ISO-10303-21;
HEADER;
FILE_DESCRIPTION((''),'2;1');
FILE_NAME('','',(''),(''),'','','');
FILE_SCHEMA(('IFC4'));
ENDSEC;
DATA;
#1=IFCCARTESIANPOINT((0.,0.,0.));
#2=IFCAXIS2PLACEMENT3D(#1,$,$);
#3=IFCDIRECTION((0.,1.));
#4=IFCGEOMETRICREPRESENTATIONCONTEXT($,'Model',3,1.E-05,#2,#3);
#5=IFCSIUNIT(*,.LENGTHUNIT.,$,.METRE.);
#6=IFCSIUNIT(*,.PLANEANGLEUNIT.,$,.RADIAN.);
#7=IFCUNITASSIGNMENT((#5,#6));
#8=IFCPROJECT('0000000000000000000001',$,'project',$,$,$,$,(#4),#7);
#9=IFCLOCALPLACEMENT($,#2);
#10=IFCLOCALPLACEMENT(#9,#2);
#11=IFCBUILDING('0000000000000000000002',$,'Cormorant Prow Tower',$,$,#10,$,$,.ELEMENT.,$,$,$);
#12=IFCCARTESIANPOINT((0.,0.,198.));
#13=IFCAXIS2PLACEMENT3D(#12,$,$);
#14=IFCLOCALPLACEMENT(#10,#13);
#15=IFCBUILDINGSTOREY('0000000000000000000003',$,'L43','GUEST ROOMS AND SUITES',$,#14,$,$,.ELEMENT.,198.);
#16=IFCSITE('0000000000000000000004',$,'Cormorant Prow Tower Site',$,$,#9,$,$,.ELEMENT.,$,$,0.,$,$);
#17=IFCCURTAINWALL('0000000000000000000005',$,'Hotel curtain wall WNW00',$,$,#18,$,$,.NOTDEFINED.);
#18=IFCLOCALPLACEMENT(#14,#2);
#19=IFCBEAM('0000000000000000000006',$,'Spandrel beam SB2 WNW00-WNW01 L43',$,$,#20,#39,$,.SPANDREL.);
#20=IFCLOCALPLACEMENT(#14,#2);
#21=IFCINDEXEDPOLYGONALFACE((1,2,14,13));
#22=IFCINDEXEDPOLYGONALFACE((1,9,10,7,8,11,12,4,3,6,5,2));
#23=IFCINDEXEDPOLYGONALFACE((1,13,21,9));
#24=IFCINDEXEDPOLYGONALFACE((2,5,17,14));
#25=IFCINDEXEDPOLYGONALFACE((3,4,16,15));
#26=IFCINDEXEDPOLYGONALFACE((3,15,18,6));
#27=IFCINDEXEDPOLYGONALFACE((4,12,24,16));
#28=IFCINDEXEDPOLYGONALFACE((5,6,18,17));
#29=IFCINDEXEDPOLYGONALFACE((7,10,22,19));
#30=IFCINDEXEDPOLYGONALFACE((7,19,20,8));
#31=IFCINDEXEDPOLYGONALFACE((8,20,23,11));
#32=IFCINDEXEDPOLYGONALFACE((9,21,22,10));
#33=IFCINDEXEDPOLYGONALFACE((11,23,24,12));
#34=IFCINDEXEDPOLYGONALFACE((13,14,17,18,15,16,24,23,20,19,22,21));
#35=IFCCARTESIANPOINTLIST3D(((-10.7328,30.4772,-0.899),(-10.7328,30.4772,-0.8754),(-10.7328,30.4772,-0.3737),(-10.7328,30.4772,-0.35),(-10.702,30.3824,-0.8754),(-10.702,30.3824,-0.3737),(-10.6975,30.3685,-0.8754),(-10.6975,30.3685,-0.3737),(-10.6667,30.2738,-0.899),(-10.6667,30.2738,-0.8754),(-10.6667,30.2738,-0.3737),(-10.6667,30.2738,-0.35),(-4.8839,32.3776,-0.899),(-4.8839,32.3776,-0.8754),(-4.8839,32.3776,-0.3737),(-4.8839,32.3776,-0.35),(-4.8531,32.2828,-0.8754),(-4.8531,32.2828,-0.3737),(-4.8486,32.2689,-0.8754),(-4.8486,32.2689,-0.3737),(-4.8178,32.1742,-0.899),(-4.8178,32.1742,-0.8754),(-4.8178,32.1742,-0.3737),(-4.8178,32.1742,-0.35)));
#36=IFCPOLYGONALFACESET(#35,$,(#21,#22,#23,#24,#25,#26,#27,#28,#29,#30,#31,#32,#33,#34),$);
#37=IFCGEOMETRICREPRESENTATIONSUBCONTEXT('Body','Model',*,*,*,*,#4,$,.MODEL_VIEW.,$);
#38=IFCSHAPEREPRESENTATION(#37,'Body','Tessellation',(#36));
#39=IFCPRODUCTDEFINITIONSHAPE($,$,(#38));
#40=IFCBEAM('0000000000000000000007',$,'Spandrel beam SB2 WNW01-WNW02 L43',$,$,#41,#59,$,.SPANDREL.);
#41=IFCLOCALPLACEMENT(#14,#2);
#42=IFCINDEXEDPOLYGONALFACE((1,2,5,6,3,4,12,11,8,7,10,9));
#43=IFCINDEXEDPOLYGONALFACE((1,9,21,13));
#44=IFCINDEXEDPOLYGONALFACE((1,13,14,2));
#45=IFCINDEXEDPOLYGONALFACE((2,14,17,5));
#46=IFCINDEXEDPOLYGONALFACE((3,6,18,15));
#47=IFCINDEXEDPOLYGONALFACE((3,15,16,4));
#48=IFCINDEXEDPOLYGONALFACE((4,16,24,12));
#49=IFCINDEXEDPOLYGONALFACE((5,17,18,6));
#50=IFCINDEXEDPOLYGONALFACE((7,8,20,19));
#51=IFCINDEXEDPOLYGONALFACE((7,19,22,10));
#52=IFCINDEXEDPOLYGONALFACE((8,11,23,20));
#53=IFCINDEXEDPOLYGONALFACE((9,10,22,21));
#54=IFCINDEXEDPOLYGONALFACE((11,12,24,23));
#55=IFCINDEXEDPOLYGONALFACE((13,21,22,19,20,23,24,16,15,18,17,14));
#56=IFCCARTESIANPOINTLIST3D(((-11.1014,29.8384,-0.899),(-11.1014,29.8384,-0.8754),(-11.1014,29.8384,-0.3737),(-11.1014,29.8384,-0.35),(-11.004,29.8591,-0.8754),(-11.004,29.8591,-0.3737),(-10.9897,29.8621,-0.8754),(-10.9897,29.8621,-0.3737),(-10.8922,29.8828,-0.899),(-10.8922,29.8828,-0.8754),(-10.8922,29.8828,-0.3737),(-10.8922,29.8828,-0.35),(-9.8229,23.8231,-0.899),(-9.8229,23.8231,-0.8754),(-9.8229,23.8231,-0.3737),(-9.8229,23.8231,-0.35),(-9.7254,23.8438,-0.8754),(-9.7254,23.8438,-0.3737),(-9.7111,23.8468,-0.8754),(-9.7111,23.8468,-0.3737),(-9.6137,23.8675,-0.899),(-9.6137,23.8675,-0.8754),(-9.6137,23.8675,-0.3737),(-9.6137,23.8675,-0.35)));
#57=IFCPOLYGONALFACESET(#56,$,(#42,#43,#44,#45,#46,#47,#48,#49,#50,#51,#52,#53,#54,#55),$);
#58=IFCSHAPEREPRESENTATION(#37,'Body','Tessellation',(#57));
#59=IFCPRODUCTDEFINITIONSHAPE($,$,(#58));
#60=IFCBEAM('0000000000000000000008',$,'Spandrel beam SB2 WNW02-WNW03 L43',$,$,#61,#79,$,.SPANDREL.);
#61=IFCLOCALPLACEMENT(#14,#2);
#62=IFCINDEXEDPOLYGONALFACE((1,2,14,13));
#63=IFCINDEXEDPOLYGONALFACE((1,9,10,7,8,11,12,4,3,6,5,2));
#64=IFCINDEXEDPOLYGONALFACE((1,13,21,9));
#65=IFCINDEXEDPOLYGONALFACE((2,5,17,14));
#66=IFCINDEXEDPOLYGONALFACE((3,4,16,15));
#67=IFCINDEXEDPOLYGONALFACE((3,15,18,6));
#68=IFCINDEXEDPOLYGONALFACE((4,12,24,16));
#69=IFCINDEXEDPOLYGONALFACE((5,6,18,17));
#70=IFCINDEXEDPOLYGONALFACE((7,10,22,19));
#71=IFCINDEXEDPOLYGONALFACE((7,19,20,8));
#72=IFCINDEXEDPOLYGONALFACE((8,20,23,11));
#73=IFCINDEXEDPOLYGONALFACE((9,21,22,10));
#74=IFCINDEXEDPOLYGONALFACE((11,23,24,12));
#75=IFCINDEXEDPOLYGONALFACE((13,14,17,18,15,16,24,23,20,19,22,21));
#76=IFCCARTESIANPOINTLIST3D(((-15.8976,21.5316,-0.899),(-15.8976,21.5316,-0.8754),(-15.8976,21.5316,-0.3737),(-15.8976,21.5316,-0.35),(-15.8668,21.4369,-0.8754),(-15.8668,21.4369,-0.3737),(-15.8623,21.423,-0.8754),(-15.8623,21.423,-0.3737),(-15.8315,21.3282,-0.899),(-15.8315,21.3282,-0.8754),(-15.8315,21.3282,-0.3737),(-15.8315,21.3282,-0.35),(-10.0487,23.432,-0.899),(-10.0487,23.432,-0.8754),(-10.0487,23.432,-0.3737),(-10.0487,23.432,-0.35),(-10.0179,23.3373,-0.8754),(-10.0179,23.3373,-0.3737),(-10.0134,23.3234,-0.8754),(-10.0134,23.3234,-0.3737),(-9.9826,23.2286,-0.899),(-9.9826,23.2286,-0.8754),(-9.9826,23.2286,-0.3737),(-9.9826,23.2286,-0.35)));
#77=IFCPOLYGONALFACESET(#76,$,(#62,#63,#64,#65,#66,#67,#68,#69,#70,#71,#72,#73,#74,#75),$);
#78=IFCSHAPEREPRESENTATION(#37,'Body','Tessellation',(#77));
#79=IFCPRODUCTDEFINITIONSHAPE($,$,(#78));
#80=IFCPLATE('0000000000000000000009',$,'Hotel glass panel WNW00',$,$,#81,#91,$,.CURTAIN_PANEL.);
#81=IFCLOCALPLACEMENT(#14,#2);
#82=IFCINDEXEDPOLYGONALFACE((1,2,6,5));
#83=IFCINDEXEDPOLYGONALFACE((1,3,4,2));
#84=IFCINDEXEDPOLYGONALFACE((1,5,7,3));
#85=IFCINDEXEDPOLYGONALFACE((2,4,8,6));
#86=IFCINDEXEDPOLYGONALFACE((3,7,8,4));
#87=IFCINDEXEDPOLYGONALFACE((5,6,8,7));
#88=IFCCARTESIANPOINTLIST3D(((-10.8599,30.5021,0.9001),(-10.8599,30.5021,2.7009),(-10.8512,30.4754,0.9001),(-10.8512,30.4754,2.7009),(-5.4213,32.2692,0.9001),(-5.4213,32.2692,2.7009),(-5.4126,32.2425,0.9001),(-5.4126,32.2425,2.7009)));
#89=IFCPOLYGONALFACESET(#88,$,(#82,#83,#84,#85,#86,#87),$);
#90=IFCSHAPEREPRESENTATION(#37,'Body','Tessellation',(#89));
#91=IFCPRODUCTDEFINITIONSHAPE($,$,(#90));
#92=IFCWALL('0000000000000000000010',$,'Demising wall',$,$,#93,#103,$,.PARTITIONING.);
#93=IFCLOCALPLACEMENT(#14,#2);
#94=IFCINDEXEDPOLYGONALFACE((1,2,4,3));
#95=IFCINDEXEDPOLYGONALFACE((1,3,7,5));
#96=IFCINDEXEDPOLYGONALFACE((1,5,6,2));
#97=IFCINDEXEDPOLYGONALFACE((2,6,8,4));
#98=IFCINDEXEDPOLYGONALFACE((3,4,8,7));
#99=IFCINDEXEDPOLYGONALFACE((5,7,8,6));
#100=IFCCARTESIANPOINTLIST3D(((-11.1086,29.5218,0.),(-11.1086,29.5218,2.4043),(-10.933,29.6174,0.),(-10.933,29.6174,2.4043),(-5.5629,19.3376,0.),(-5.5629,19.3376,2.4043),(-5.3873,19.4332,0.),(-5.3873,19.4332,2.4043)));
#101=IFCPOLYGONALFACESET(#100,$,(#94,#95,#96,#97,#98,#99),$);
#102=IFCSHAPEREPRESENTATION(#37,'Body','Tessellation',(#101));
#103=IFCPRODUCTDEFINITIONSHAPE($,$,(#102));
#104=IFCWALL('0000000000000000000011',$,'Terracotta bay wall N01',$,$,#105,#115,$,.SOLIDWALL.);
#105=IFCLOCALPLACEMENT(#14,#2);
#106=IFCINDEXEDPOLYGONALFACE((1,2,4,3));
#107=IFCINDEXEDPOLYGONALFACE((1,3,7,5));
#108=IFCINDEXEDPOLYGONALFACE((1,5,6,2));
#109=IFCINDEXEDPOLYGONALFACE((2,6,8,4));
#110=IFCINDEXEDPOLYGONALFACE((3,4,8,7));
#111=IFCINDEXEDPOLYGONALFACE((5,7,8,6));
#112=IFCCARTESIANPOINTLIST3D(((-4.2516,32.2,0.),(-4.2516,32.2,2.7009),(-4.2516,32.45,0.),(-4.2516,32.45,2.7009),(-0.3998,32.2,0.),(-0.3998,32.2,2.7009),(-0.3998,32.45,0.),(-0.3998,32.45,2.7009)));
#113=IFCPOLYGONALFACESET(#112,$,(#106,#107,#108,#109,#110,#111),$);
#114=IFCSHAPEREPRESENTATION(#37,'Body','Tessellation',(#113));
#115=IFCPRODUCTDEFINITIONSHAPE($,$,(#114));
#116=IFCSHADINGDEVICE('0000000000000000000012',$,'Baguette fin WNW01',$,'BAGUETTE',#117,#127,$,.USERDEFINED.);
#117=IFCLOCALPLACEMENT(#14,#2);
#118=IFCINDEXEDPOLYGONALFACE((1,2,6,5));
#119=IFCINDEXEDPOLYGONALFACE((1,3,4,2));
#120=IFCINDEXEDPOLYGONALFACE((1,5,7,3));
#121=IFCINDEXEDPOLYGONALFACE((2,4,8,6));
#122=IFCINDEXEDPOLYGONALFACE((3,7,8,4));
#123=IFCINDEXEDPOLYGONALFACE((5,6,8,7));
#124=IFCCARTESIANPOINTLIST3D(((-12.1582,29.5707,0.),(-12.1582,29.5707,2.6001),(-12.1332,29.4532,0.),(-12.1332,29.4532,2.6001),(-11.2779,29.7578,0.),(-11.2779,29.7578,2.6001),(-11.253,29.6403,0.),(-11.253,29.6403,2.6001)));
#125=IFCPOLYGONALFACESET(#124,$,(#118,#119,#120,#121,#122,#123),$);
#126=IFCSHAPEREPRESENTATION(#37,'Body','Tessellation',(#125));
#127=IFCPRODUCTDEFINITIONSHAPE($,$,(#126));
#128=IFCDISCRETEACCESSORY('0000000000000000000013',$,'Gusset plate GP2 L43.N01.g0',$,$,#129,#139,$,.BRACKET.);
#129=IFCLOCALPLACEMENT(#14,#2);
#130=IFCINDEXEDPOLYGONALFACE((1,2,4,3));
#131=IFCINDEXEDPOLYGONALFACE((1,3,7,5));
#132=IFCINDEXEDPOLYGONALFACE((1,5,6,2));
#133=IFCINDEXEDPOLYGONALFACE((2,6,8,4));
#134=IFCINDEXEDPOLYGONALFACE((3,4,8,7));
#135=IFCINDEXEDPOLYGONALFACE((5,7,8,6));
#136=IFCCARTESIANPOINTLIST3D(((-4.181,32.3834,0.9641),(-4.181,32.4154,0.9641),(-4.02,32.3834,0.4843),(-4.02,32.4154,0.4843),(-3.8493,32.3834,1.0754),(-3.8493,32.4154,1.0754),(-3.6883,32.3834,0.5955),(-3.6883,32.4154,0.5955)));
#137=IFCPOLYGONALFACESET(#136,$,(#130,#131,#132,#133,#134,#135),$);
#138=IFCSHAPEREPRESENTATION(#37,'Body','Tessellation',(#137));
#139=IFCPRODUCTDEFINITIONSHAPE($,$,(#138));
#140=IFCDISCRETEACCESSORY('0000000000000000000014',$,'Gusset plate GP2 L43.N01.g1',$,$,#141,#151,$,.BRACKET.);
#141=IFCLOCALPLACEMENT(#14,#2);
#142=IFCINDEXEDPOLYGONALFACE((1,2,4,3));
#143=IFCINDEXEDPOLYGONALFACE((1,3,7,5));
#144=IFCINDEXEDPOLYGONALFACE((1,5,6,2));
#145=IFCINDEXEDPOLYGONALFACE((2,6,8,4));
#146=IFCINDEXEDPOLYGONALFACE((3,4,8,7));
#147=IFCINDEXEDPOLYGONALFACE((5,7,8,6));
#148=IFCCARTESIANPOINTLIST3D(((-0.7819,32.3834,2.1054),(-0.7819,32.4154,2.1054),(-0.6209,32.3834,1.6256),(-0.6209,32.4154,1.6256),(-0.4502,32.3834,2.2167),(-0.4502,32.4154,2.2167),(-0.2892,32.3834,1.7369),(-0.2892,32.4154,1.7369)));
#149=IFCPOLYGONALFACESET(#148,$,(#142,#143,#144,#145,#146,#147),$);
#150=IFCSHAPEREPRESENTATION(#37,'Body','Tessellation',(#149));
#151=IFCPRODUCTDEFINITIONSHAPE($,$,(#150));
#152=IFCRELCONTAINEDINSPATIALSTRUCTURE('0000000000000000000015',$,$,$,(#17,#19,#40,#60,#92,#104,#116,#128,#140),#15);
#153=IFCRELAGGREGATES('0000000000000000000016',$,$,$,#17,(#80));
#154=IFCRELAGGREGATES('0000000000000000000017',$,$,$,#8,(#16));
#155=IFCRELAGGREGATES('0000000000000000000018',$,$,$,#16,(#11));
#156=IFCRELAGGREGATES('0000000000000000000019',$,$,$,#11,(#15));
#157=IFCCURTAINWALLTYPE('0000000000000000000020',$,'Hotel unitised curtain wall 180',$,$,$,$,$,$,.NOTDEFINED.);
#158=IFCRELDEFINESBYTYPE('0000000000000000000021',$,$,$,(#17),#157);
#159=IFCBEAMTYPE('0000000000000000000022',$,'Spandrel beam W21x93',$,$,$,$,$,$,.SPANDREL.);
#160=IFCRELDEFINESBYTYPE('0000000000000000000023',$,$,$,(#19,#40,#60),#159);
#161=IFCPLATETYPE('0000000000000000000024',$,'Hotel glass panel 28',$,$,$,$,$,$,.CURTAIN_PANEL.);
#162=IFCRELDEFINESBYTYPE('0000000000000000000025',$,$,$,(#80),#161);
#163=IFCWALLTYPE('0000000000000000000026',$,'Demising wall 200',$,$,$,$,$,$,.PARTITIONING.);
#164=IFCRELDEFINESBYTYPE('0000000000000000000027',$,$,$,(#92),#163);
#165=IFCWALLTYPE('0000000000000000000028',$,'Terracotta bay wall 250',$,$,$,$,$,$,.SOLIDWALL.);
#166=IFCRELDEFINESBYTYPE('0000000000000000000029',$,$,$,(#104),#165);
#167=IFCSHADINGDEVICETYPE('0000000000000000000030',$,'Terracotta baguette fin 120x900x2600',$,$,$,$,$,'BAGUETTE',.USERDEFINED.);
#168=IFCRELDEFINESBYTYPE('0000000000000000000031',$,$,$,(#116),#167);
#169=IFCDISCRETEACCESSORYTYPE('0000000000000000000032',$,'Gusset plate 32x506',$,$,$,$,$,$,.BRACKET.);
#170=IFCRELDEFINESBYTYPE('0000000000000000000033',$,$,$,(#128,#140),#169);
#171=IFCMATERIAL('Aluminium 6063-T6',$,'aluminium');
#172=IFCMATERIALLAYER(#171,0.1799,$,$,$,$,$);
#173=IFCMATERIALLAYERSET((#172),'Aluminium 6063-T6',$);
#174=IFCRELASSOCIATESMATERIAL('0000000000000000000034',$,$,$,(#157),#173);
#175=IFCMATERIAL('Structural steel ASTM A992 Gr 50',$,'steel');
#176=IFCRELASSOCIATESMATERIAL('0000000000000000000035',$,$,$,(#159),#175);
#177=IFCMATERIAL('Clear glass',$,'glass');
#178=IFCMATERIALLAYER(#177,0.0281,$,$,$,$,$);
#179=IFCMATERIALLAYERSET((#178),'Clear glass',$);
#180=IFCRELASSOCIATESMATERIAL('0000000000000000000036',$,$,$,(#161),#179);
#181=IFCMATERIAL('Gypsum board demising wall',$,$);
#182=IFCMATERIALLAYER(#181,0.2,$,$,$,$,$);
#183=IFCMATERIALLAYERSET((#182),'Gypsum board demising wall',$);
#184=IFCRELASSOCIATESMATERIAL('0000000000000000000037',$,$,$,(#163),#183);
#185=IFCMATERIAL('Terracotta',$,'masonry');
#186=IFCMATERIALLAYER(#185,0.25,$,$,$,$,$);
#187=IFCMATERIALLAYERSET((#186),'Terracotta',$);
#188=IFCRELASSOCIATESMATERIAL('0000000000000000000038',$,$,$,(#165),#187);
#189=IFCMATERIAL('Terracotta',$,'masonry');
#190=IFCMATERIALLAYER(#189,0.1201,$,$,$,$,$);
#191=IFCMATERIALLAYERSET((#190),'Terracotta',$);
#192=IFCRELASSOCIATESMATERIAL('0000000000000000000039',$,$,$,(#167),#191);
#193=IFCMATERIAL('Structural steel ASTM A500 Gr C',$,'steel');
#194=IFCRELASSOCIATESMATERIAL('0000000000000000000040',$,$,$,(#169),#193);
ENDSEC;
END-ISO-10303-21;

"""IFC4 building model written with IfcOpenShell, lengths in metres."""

from ifc_helpers import new_model, si_unit, direction, frame, frame_2d, origin, origin_2d, place, context, subcontext, project, spatial, rectangle, i_section, extrude, material, layer, layer_set, material_profile, profile_set, type_object, element, aggregate, save


model = new_model("IFC4")

# Units and contexts
model_context = context("Model", 3, precision=1e-05, world=origin(), true_north=direction((0.0, 1.0)))
body_context = subcontext(model_context, "Body", "Model", "MODEL_VIEW")
ifc_project = project(units=[si_unit("LENGTHUNIT", "METRE"), si_unit("PLANEANGLEUNIT", "RADIAN")], contexts=[model_context])

# Site, building, storey
site_placement = place(None, origin())
site = spatial("IfcSite", under=ifc_project, at=site_placement, Name="Cormorant Prow Tower Site", CompositionType="ELEMENT", RefElevation=0.0)
building_placement = place(site_placement, origin())
building = spatial("IfcBuilding", under=site, at=building_placement, Name="Cormorant Prow Tower", CompositionType="ELEMENT")
storey_placement = place(building_placement, frame((0.0, 0.0, 198.0)))
storey = spatial("IfcBuildingStorey", under=building, at=storey_placement, Name="L43", Description="GUEST ROOMS AND SUITES", CompositionType="ELEMENT", Elevation=198.0)

# Curtain wall
ifc_material_1 = material(Name="Aluminium 6063-T6", Category="aluminium")
ifc_layer_1 = layer(ifc_material_1, 0.1799)
ifc_layer_set_1 = layer_set([ifc_layer_1], Name="Aluminium 6063-T6")
curtain_wall_type = type_object("IfcCurtainWallType", Name="Hotel unitised curtain wall 180", PredefinedType="NOTDEFINED", material=ifc_layer_set_1)
curtain_wall_1_placement = place(storey_placement, origin())
curtain_wall_1 = element("IfcCurtainWall", 1, at=curtain_wall_1_placement, inside=storey, type_object=curtain_wall_type, Name="Hotel curtain wall WNW00", PredefinedType="NOTDEFINED")

# Beams
ifc_material_2 = material(Name="Structural steel ASTM A992 Gr 50", Category="steel")
ifc_material_profile_1 = material_profile(ifc_material_2, i_section(OverallWidth=0.2139, OverallDepth=0.5491, WebThickness=0.0146, FlangeThickness=0.0237, at=origin_2d()), Name="W21x93")
ifc_profile_set_1 = profile_set([ifc_material_profile_1], Name="Structural steel ASTM A992 Gr 50")
beam_type_1 = type_object("IfcBeamType", Name="Spandrel beam W21x93", PredefinedType="SPANDREL", material=ifc_profile_set_1)
beam_1_placement = place(storey_placement, frame((-4.8508, 32.2759, -0.6245), z_axis=(-0.951058, -0.309013, 0.0), x_axis=(0.309013, -0.951058, 0.0)))
element("IfcBeam", 2, at=beam_1_placement, inside=storey, type_object=beam_type_1, Name="Spandrel beam SB2 WNW00-WNW01 L43", PredefinedType="SPANDREL", context=body_context, shape_type="SweptSolid", body=[
    extrude(i_section(OverallWidth=0.2139, OverallDepth=0.5491, WebThickness=0.0146, FlangeThickness=0.0237, at=origin_2d()), origin(), (0.0, 0.0, 1.0), 6.1499),
])
beam_2_placement = place(storey_placement, frame((-10.9968, 29.8606, -0.6245), z_axis=(0.207905, -0.978149, 0.0), x_axis=(0.978149, 0.207905, 0.0)))
element("IfcBeam", 3, at=beam_2_placement, inside=storey, type_object=beam_type_1, Name="Spandrel beam SB2 WNW01-WNW02 L43", PredefinedType="SPANDREL", context=body_context, shape_type="SweptSolid", body=[
    extrude(i_section(OverallWidth=0.2139, OverallDepth=0.5491, WebThickness=0.0146, FlangeThickness=0.0237, at=origin_2d()), origin(), (0.0, 0.0, 1.0), 6.1497),
])
beam_3_placement = place(storey_placement, frame((-10.0156, 23.3303, -0.6245), z_axis=(-0.951058, -0.309013, 0.0), x_axis=(0.309013, -0.951058, 0.0)))
element("IfcBeam", 4, at=beam_3_placement, inside=storey, type_object=beam_type_1, Name="Spandrel beam SB2 WNW02-WNW03 L43", PredefinedType="SPANDREL", context=body_context, shape_type="SweptSolid", body=[
    extrude(i_section(OverallWidth=0.2139, OverallDepth=0.5491, WebThickness=0.0146, FlangeThickness=0.0237, at=origin_2d()), origin(), (0.0, 0.0, 1.0), 6.1499),
])

# Plate
ifc_material_3 = material(Name="Clear glass", Category="glass")
ifc_layer_2 = layer(ifc_material_3, 0.0281)
ifc_layer_set_2 = layer_set([ifc_layer_2], Name="Clear glass")
plate_type = type_object("IfcPlateType", Name="Hotel glass panel 28", PredefinedType="CURTAIN_PANEL", material=ifc_layer_set_2)
plate_placement = place(storey_placement, frame((-8.1362, 31.3723, 0.9001), z_axis=(0.0, 0.0, 1.0), x_axis=(-0.951057, -0.309017, 0.0)))
plate = element("IfcPlate", 5, at=plate_placement, type_object=plate_type, Name="Hotel glass panel WNW00", PredefinedType="CURTAIN_PANEL", context=body_context, shape_type="SweptSolid", body=[
    extrude(rectangle(XDim=5.7185, YDim=0.0281, at=origin_2d()), origin(), (0.0, 0.0, 1.0), 1.8008),
])
aggregate(curtain_wall_1, [plate])

# Walls
ifc_material_4 = material(Name="Gypsum board demising wall")
ifc_layer_3 = layer(ifc_material_4, 0.2)
ifc_layer_set_3 = layer_set([ifc_layer_3], Name="Gypsum board demising wall")
wall_type_1 = type_object("IfcWallType", Name="Demising wall 200", PredefinedType="PARTITIONING", material=ifc_layer_set_3)
wall_1_placement = place(storey_placement, frame((-11.0208, 29.5696, 0.0), z_axis=(0.0, 0.0, 1.0), x_axis=(0.478234, -0.878232, 0.0)))
element("IfcWall", 6, at=wall_1_placement, inside=storey, type_object=wall_type_1, Name="Demising wall", PredefinedType="PARTITIONING", context=body_context, shape_type="SweptSolid", body=[
    extrude(rectangle(XDim=11.5962, YDim=0.2, at=frame_2d((5.7981, 0.0))), origin(), (0.0, 0.0, 1.0), 2.4043),
])
ifc_material_5 = material(Name="Terracotta", Category="masonry")
ifc_layer_4 = layer(ifc_material_5, 0.25)
ifc_layer_set_4 = layer_set([ifc_layer_4], Name="Terracotta")
wall_type_2 = type_object("IfcWallType", Name="Terracotta bay wall 250", PredefinedType="SOLIDWALL", material=ifc_layer_set_4)
wall_2_placement = place(storey_placement, frame((-0.3999, 32.325, 0.0), z_axis=(0.0, 0.0, 1.0), x_axis=(-1.0, 0.0, 0.0)))
element("IfcWall", 7, at=wall_2_placement, inside=storey, type_object=wall_type_2, Name="Terracotta bay wall N01", PredefinedType="SOLIDWALL", context=body_context, shape_type="SweptSolid", body=[
    extrude(rectangle(XDim=3.8518, YDim=0.25, at=frame_2d((1.9258, 0.0))), origin(), (0.0, 0.0, 1.0), 2.7009),
])

# Shading device
ifc_material_6 = material(Name="Terracotta", Category="masonry")
ifc_layer_5 = layer(ifc_material_6, 0.1201)
ifc_layer_set_5 = layer_set([ifc_layer_5], Name="Terracotta")
shading_device_type = type_object("IfcShadingDeviceType", Name="Terracotta baguette fin 120x900x2600", ElementType="BAGUETTE", PredefinedType="USERDEFINED", material=ifc_layer_set_5)
shading_device_placement = place(storey_placement, frame((-11.7056, 29.6055, 0.0), z_axis=(0.0, 0.0, 1.0), x_axis=(0.207912, -0.978148, 0.0)))
element("IfcShadingDevice", 8, at=shading_device_placement, inside=storey, type_object=shading_device_type, Name="Baguette fin WNW01", ObjectType="BAGUETTE", PredefinedType="USERDEFINED", context=body_context, shape_type="SweptSolid", body=[
    extrude(rectangle(XDim=0.1201, YDim=0.8999, at=origin_2d()), origin(), (0.0, 0.0, 1.0), 2.6001),
])

# Discrete accessories
ifc_material_7 = material(Name="Structural steel ASTM A500 Gr C", Category="steel")
ifc_material_profile_2 = material_profile(ifc_material_7, rectangle(XDim=0.032, YDim=0.5061, at=origin_2d()), Name="Gusset plate 32x506")
ifc_profile_set_2 = profile_set([ifc_material_profile_2], Name="Structural steel ASTM A500 Gr C")
discrete_accessory_type = type_object("IfcDiscreteAccessoryType", Name="Gusset plate 32x506", PredefinedType="BRACKET", material=ifc_profile_set_2)
for number, where, z_axis, x_axis, name in (
    (9, (-3.7688, 32.3994, 0.8354), (-0.948054, 0.0, -0.318111), (0.0, -1.0, 0.0), "Gusset plate GP2 L43.N01.g0"),
    (10, (-0.7014, 32.3994, 1.8655), (0.948054, 0.0, 0.318111), (0.0, 1.0, 0.0), "Gusset plate GP2 L43.N01.g1"),
):
    element("IfcDiscreteAccessory", number, at=place(storey_placement, frame(where, z_axis=z_axis, x_axis=x_axis)), inside=storey, type_object=discrete_accessory_type, Name=name, PredefinedType="BRACKET", context=body_context, shape_type="SweptSolid", body=[
        extrude(rectangle(XDim=0.032, YDim=0.5061, at=origin_2d()), origin(), (0.0, 0.0, 1.0), 0.3499),
    ])

save(model, "model.ifc")
